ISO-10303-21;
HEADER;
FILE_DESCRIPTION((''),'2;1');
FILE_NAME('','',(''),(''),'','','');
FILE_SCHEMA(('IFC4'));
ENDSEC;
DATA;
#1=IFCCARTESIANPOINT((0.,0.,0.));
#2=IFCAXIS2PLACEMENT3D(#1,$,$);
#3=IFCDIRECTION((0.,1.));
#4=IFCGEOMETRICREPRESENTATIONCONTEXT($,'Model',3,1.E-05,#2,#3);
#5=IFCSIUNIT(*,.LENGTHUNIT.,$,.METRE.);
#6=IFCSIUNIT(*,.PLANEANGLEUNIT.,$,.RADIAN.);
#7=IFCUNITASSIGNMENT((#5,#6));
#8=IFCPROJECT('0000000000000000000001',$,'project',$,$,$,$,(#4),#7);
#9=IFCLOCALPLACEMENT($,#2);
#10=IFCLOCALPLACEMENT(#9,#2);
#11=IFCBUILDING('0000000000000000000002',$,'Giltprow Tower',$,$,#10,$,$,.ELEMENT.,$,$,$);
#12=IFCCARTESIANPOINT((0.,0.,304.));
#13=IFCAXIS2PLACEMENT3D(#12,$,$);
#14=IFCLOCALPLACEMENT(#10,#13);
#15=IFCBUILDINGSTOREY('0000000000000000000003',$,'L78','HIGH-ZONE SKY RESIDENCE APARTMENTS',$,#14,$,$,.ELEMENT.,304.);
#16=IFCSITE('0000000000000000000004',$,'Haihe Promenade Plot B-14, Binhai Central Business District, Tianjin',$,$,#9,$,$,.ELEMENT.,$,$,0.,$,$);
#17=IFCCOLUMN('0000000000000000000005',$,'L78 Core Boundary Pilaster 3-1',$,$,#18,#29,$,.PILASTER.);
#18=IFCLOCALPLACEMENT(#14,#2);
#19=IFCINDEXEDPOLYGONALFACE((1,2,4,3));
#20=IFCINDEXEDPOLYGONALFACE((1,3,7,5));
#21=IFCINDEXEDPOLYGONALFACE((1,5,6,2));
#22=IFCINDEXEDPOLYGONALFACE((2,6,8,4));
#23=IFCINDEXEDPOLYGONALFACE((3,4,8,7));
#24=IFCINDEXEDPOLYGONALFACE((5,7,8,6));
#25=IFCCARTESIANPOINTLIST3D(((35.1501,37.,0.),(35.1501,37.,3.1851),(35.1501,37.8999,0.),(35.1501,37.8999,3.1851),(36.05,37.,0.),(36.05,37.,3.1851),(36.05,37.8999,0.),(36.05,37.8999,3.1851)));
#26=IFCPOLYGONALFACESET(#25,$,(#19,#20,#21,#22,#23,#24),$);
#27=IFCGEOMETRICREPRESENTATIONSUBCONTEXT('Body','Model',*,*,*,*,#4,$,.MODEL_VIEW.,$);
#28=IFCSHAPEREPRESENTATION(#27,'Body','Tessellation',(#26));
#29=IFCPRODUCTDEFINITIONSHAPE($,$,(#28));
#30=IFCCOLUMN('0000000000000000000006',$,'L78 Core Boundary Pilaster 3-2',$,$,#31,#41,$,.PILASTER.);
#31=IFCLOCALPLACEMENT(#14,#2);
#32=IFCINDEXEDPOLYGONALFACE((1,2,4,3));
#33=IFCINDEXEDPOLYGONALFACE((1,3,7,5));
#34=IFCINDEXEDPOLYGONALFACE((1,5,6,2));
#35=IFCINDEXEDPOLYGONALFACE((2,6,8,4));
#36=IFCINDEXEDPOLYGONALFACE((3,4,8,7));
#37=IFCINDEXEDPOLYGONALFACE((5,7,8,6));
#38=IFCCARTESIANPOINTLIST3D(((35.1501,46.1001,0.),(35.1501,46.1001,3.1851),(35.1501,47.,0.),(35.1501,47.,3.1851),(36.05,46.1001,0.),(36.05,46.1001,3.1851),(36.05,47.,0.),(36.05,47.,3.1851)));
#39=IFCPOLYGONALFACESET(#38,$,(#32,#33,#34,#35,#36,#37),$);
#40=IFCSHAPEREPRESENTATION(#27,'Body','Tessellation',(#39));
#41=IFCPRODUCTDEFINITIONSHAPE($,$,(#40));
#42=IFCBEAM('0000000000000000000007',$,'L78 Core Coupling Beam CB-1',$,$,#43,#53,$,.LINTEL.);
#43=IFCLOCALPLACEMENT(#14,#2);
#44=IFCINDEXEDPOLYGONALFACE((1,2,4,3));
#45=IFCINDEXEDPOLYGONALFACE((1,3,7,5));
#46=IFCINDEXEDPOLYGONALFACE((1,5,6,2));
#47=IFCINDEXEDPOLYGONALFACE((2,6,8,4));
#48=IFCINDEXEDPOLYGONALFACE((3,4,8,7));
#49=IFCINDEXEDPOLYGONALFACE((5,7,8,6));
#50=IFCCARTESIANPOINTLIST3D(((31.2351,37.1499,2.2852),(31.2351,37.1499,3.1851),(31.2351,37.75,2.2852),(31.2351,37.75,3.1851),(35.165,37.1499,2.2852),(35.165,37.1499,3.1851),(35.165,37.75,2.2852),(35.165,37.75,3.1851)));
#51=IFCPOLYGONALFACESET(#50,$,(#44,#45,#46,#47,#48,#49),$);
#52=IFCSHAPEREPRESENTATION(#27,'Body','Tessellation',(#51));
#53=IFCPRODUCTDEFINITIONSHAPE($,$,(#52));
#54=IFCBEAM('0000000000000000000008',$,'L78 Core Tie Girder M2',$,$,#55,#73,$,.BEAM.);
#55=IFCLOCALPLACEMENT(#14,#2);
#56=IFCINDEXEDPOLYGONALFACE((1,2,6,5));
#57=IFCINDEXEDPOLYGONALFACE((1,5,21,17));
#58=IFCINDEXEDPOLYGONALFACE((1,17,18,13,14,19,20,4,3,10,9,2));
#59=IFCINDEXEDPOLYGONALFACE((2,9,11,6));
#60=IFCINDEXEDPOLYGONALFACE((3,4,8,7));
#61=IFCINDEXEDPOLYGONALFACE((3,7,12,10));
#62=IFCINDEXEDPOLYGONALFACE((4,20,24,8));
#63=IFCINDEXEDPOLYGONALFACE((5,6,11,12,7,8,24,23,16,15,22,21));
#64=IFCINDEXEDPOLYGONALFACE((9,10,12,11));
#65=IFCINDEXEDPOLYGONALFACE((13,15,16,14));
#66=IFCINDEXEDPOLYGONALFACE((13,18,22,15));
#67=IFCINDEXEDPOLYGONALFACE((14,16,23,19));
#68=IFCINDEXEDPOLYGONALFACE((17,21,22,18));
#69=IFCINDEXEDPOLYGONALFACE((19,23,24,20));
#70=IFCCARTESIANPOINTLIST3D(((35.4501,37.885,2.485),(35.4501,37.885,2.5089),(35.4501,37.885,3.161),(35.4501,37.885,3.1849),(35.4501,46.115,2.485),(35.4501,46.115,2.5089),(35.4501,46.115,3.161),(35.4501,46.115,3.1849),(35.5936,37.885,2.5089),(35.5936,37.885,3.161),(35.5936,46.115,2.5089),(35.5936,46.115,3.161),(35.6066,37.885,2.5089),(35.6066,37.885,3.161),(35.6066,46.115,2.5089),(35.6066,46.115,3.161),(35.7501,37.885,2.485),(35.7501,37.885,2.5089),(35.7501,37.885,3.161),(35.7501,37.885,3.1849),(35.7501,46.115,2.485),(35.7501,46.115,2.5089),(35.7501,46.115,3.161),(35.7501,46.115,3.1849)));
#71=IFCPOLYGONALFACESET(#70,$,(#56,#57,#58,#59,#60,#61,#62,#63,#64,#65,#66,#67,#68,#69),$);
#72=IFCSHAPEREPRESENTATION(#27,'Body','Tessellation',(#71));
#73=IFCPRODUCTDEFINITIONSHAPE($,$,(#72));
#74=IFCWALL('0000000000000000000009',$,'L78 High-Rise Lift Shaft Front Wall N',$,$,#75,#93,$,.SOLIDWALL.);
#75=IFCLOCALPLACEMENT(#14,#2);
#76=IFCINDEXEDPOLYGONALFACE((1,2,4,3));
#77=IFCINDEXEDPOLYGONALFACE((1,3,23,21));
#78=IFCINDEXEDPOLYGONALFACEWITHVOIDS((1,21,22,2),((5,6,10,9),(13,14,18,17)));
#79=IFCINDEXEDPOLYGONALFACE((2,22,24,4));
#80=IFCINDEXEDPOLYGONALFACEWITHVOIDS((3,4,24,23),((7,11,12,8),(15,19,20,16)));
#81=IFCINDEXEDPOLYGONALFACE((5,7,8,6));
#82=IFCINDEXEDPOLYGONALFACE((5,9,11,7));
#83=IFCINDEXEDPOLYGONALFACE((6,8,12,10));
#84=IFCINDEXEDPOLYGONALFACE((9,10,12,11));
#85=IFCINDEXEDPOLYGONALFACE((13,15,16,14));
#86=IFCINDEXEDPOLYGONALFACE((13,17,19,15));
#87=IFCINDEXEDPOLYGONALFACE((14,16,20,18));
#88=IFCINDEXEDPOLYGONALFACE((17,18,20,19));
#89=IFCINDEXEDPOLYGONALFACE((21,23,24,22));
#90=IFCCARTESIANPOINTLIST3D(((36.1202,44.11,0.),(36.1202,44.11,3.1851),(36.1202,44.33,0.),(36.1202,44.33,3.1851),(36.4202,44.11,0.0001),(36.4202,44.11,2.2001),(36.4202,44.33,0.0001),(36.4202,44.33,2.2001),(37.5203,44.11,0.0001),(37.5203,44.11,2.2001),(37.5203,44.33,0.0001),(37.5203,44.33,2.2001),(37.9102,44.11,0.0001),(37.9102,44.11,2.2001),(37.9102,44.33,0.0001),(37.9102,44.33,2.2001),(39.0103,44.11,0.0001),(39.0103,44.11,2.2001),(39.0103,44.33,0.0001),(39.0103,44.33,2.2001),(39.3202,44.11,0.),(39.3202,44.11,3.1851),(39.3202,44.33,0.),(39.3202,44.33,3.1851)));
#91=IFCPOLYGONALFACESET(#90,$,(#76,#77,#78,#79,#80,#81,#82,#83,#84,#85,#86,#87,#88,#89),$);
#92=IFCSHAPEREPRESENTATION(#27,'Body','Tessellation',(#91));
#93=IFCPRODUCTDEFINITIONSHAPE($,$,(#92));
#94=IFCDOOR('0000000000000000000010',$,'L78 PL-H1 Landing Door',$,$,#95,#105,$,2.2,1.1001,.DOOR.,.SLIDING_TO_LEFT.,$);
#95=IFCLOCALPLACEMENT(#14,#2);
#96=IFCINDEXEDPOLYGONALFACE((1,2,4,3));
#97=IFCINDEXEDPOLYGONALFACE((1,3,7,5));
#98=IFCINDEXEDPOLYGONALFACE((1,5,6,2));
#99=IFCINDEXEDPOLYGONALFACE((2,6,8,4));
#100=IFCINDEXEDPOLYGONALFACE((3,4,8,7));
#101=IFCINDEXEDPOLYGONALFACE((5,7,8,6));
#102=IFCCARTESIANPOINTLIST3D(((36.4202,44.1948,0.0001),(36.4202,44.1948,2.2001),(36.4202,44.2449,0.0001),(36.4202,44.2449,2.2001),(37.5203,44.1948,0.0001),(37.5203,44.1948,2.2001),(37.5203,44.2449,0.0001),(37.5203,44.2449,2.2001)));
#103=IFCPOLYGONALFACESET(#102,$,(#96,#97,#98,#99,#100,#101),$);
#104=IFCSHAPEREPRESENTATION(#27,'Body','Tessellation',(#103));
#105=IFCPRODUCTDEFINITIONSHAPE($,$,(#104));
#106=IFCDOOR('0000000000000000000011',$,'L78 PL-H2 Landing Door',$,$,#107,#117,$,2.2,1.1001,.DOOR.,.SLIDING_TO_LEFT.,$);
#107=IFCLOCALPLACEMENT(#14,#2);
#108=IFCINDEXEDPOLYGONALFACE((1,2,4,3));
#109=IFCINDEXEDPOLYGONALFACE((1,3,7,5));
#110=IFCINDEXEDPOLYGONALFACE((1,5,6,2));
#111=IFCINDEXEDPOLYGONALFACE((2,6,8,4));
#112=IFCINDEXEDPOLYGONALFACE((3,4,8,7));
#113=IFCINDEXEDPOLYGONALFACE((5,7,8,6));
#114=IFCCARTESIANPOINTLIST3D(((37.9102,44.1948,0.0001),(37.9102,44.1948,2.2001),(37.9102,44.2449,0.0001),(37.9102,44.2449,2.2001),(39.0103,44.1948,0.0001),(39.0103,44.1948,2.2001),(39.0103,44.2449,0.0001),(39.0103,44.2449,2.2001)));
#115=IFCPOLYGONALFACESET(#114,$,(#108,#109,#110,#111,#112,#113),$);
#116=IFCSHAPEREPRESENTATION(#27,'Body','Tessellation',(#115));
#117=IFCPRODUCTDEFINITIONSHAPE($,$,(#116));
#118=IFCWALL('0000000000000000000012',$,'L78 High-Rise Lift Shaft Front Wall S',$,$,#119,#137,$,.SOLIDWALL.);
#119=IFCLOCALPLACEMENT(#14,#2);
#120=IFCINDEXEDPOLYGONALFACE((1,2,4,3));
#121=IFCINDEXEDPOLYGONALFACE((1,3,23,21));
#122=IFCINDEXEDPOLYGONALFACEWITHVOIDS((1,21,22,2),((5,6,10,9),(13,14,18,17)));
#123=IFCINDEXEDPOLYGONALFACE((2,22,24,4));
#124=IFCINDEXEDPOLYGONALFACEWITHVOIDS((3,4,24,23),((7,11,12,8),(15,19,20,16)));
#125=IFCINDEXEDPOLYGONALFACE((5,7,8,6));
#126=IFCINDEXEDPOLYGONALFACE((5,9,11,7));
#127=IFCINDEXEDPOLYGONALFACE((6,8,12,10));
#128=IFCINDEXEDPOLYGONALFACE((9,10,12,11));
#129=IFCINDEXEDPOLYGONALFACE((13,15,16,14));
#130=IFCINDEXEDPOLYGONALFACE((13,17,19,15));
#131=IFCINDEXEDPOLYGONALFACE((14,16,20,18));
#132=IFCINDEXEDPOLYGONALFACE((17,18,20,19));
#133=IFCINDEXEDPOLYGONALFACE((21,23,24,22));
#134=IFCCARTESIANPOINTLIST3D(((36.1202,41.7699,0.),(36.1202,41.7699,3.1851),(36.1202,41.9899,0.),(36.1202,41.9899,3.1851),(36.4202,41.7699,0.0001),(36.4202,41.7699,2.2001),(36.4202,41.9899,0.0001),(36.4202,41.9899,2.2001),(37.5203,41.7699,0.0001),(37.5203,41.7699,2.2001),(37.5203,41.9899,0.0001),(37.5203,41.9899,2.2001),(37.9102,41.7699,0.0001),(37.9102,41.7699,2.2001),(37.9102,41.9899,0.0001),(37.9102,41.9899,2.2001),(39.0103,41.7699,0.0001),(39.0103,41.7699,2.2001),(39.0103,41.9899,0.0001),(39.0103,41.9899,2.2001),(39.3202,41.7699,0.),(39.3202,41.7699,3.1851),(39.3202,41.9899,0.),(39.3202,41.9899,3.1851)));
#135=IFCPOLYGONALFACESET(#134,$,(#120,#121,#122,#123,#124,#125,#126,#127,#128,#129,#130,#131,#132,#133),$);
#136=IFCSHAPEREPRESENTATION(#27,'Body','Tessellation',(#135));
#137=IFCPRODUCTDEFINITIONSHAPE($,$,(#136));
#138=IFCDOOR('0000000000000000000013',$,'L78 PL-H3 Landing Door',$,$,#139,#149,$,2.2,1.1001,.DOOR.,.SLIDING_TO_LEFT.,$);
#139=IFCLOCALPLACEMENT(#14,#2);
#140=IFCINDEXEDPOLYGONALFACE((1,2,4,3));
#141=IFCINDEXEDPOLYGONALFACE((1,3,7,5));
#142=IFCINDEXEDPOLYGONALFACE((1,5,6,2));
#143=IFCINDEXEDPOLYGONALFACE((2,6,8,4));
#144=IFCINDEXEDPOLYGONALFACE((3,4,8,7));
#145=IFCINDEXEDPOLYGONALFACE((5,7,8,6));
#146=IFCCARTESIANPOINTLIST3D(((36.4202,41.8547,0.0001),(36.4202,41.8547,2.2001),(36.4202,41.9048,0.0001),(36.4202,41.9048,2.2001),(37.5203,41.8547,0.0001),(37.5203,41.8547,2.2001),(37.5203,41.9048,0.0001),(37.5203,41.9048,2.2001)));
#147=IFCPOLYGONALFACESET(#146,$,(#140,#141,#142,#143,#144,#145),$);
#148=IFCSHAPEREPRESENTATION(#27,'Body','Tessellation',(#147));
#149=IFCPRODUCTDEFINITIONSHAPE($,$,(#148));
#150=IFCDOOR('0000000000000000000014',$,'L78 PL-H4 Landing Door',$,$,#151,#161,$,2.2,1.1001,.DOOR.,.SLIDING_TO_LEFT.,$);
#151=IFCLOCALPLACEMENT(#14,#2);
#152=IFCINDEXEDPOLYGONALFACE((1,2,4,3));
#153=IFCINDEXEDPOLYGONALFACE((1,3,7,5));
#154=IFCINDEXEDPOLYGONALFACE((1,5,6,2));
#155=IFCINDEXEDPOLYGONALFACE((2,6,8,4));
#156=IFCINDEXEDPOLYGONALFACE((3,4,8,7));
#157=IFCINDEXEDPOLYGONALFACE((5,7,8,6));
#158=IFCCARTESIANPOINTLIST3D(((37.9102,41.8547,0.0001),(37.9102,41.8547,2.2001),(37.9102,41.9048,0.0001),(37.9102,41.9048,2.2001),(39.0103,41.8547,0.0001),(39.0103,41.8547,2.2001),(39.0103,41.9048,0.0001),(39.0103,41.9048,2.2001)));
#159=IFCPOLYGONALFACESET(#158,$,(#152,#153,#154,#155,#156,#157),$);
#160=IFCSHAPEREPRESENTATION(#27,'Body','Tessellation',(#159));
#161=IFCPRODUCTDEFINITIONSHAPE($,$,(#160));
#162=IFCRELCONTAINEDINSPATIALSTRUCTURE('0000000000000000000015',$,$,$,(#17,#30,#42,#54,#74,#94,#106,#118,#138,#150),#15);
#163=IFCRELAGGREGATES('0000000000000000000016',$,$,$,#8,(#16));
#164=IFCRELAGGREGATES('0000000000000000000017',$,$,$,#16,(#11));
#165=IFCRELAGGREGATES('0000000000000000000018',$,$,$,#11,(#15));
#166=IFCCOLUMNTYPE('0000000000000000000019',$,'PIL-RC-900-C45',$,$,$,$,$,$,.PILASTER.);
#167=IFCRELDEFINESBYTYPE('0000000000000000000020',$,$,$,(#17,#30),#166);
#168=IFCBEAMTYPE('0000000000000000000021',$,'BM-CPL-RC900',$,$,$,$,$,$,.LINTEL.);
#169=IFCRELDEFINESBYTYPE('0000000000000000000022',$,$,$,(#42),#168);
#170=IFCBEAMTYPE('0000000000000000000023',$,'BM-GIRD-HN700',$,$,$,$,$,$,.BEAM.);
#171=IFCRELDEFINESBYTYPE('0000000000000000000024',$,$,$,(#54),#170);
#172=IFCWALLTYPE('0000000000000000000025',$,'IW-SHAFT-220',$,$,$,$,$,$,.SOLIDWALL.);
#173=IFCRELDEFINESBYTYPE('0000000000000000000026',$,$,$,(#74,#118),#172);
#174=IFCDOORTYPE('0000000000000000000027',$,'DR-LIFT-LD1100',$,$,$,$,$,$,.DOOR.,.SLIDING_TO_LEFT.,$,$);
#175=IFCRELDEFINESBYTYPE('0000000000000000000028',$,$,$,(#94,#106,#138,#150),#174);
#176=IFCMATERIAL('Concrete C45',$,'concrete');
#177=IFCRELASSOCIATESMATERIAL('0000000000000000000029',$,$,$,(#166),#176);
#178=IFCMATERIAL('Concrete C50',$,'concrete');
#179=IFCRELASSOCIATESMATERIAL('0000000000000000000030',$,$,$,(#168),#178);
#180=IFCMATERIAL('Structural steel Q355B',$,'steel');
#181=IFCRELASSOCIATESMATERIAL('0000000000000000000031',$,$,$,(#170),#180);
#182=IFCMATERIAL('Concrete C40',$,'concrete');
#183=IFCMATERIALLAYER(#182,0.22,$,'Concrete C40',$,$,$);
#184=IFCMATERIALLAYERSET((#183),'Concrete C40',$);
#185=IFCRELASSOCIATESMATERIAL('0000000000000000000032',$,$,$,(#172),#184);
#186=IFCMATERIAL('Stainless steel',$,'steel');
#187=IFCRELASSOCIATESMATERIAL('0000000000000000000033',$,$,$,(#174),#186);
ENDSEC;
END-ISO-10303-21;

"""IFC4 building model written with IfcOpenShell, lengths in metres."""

from ifc_helpers import new_model, si_unit, direction, frame, frame_2d, origin, origin_2d, place, context, subcontext, project, spatial, rectangle, i_section, extrude, source, transform, mapped, material, layer, layer_set, material_profile, profile_set, type_object, element, fill, save


model = new_model("IFC4")

# Units and contexts
model_context = context("Model", 3, precision=1e-05, world=origin(), true_north=direction((0.0, 1.0)))
body_context = subcontext(model_context, "Body", "Model", "MODEL_VIEW")
ifc_project = project(units=[si_unit("LENGTHUNIT", "METRE"), si_unit("PLANEANGLEUNIT", "RADIAN")], contexts=[model_context])

# Site, building, storey
site_placement = place(None, origin())
site = spatial("IfcSite", under=ifc_project, at=site_placement, Name="Haihe Promenade Plot B-14, Binhai Central Business District, Tianjin", CompositionType="ELEMENT", RefElevation=0.0)
building_placement = place(site_placement, origin())
building = spatial("IfcBuilding", under=site, at=building_placement, Name="Giltprow Tower", CompositionType="ELEMENT")
storey_placement = place(building_placement, frame((0.0, 0.0, 304.0)))
storey = spatial("IfcBuildingStorey", under=building, at=storey_placement, Name="L78", Description="HIGH-ZONE SKY RESIDENCE APARTMENTS", CompositionType="ELEMENT", Elevation=304.0)

# Columns
ifc_material_1 = material(Name="Concrete C45", Category="concrete")
ifc_material_profile_1 = material_profile(ifc_material_1, rectangle(XDim=0.8999, YDim=0.8999, at=origin_2d()), Name="RC 900x900")
ifc_profile_set_1 = profile_set([ifc_material_profile_1], Name="Concrete C45")
column_type = type_object("IfcColumnType", Name="PIL-RC-900-C45", PredefinedType="PILASTER", material=ifc_profile_set_1)
shared_shape_1 = source(origin(), body_context, "Body", "SweptSolid", [
    extrude(rectangle(XDim=0.8999, YDim=0.8999, at=origin_2d()), origin(), (0.0, 0.0, 1.0), 3.1851),
])
for number, where, z_axis, x_axis, name in (
    (1, (35.6001, 37.45, 0.0), (0.0, 0.0, 1.0), (1.0, 0.0, 0.0), "L78 Core Boundary Pilaster 3-1"),
    (2, (35.6001, 46.55, 0.0), (0.0, 0.0, 1.0), (1.0, 0.0, 0.0), "L78 Core Boundary Pilaster 3-2"),
):
    element("IfcColumn", number, at=place(storey_placement, frame(where, z_axis=z_axis, x_axis=x_axis)), inside=storey, type_object=column_type, Name=name, PredefinedType="PILASTER", context=body_context, shape_type="MappedRepresentation", body=[
        mapped(shared_shape_1, transform((0.0, 0.0, 0.0), x_axis=(1.0, 0.0, 0.0), y_axis=(0.0, 1.0, 0.0), z_axis=(0.0, 0.0, 1.0), scale=1.0)),
    ])

# Beams
ifc_material_2 = material(Name="Concrete C50", Category="concrete")
ifc_material_profile_2 = material_profile(ifc_material_2, rectangle(XDim=0.6001, YDim=0.8999, at=origin_2d()), Name="RC 900x600")
ifc_profile_set_2 = profile_set([ifc_material_profile_2], Name="Concrete C50")
beam_type_1 = type_object("IfcBeamType", Name="BM-CPL-RC900", PredefinedType="LINTEL", material=ifc_profile_set_2)
shared_shape_2 = source(origin(), body_context, "Body", "SweptSolid", [
    extrude(rectangle(XDim=0.6001, YDim=0.8999, at=origin_2d()), origin(), (0.0, 0.0, 1.0), 3.9299),
])
beam_1_placement = place(storey_placement, frame((31.2351, 37.45, 2.7351), z_axis=(1.0, 0.0, 0.0), x_axis=(0.0, 1.0, 0.0)))
element("IfcBeam", 3, at=beam_1_placement, inside=storey, type_object=beam_type_1, Name="L78 Core Coupling Beam CB-1", PredefinedType="LINTEL", context=body_context, shape_type="MappedRepresentation", body=[
    mapped(shared_shape_2, transform((0.0, 0.0, 0.0), x_axis=(1.0, 0.0, 0.0), y_axis=(0.0, 1.0, 0.0), z_axis=(0.0, 0.0, 1.0), scale=1.0)),
])
ifc_material_3 = material(Name="Structural steel Q355B", Category="steel")
ifc_material_profile_3 = material_profile(ifc_material_3, i_section(OverallWidth=0.3, OverallDepth=0.7, WebThickness=0.0129, FlangeThickness=0.0239, at=origin_2d()), Name="HN 700x300x13x24")
ifc_profile_set_3 = profile_set([ifc_material_profile_3], Name="Structural steel Q355B")
beam_type_2 = type_object("IfcBeamType", Name="BM-GIRD-HN700", PredefinedType="BEAM", material=ifc_profile_set_3)
shared_shape_3 = source(origin(), body_context, "Body", "SweptSolid", [
    extrude(i_section(OverallWidth=0.3, OverallDepth=0.7, WebThickness=0.0129, FlangeThickness=0.0239, at=origin_2d()), origin(), (0.0, 0.0, 1.0), 8.23),
])
beam_2_placement = place(storey_placement, frame((35.6001, 37.885, 2.835), z_axis=(0.0, 1.0, 0.0), x_axis=(-1.0, 0.0, 0.0)))
element("IfcBeam", 4, at=beam_2_placement, inside=storey, type_object=beam_type_2, Name="L78 Core Tie Girder M2", PredefinedType="BEAM", context=body_context, shape_type="MappedRepresentation", body=[
    mapped(shared_shape_3, transform((0.0, 0.0, 0.0), x_axis=(1.0, 0.0, 0.0), y_axis=(0.0, 1.0, 0.0), z_axis=(0.0, 0.0, 1.0), scale=1.0)),
])

# Walls, openings, doors
ifc_material_4 = material(Name="Concrete C40", Category="concrete")
ifc_layer_1 = layer(ifc_material_4, 0.22, Name="Concrete C40")
ifc_layer_set_1 = layer_set([ifc_layer_1], Name="Concrete C40")
wall_type_1 = type_object("IfcWallType", Name="IW-SHAFT-220", PredefinedType="SOLIDWALL", material=ifc_layer_set_1)
wall_1_placement = place(storey_placement, frame((36.1201, 44.22, 0.0), z_axis=(0.0, 0.0, 1.0), x_axis=(1.0, 0.0, 0.0)))
wall_1 = element("IfcWall", 5, at=wall_1_placement, inside=storey, type_object=wall_type_1, Name="L78 High-Rise Lift Shaft Front Wall N", PredefinedType="SOLIDWALL", context=body_context, shape_type="SweptSolid", body=[
    extrude(rectangle(XDim=3.2, YDim=0.22, at=frame_2d((1.6001, 0.0))), origin(), (0.0, 0.0, 1.0), 3.1851),
])
opening_1_placement = place(wall_1_placement, frame((0.3, 0.0, 0.0)))
opening_1 = element("IfcOpeningElement", 6, at=opening_1_placement, cuts=wall_1, PredefinedType="OPENING", context=body_context, shape_type="SweptSolid", body=[
    extrude(rectangle(XDim=1.1001, YDim=2.2, at=frame_2d((0.55, 1.1001))), frame((0.0, 0.1199, 0.0), z_axis=(0.0, -1.0, 0.0), x_axis=(1.0, 0.0, 0.0)), (0.0, 0.0, 1.0), 0.24),
])
opening_2_placement = place(wall_1_placement, frame((1.79, 0.0, 0.0)))
opening_2 = element("IfcOpeningElement", 7, at=opening_2_placement, cuts=wall_1, PredefinedType="OPENING", context=body_context, shape_type="SweptSolid", body=[
    extrude(rectangle(XDim=1.1001, YDim=2.2, at=frame_2d((0.55, 1.1001))), frame((0.0, 0.1199, 0.0), z_axis=(0.0, -1.0, 0.0), x_axis=(1.0, 0.0, 0.0)), (0.0, 0.0, 1.0), 0.24),
])
ifc_material_5 = material(Name="Stainless steel", Category="steel")
door_type_1 = type_object("IfcDoorType", Name="DR-LIFT-LD1100", OperationType="SLIDING_TO_LEFT", PredefinedType="DOOR", material=ifc_material_5)
shared_shape_4 = source(origin(), body_context, "Body", "SweptSolid", [
    extrude(rectangle(XDim=1.1001, YDim=2.2, at=frame_2d((0.55, 1.1001))), frame((0.0, 0.0249, 0.0), z_axis=(0.0, -1.0, 0.0), x_axis=(1.0, 0.0, 0.0)), (0.0, 0.0, 1.0), 0.05),
])
door_1_placement = place(opening_1_placement, origin())
door_1 = element("IfcDoor", 8, at=door_1_placement, inside=storey, type_object=door_type_1, Name="L78 PL-H1 Landing Door", OperationType="SLIDING_TO_LEFT", OverallHeight=2.2, OverallWidth=1.1001, PredefinedType="DOOR", context=body_context, shape_type="MappedRepresentation", body=[
    mapped(shared_shape_4, transform((0.0, 0.0, 0.0), x_axis=(1.0, 0.0, 0.0), y_axis=(0.0, 1.0, 0.0), z_axis=(0.0, 0.0, 1.0), scale=1.0)),
])
fill(opening_1, door_1)
door_2_placement = place(opening_2_placement, origin())
door_2 = element("IfcDoor", 9, at=door_2_placement, inside=storey, type_object=door_type_1, Name="L78 PL-H2 Landing Door", OperationType="SLIDING_TO_LEFT", OverallHeight=2.2, OverallWidth=1.1001, PredefinedType="DOOR", context=body_context, shape_type="MappedRepresentation", body=[
    mapped(shared_shape_4, transform((0.0, 0.0, 0.0), x_axis=(1.0, 0.0, 0.0), y_axis=(0.0, 1.0, 0.0), z_axis=(0.0, 0.0, 1.0), scale=1.0)),
])
fill(opening_2, door_2)
wall_2_placement = place(storey_placement, frame((36.1201, 41.8799, 0.0), z_axis=(0.0, 0.0, 1.0), x_axis=(1.0, 0.0, 0.0)))
wall_2 = element("IfcWall", 10, at=wall_2_placement, inside=storey, type_object=wall_type_1, Name="L78 High-Rise Lift Shaft Front Wall S", PredefinedType="SOLIDWALL", context=body_context, shape_type="SweptSolid", body=[
    extrude(rectangle(XDim=3.2, YDim=0.22, at=frame_2d((1.6001, 0.0))), origin(), (0.0, 0.0, 1.0), 3.1851),
])
opening_3_placement = place(wall_2_placement, frame((0.3, 0.0, 0.0)))
opening_3 = element("IfcOpeningElement", 11, at=opening_3_placement, cuts=wall_2, PredefinedType="OPENING", context=body_context, shape_type="SweptSolid", body=[
    extrude(rectangle(XDim=1.1001, YDim=2.2, at=frame_2d((0.55, 1.1001))), frame((0.0, 0.1199, 0.0), z_axis=(0.0, -1.0, 0.0), x_axis=(1.0, 0.0, 0.0)), (0.0, 0.0, 1.0), 0.24),
])
opening_4_placement = place(wall_2_placement, frame((1.79, 0.0, 0.0)))
opening_4 = element("IfcOpeningElement", 12, at=opening_4_placement, cuts=wall_2, PredefinedType="OPENING", context=body_context, shape_type="SweptSolid", body=[
    extrude(rectangle(XDim=1.1001, YDim=2.2, at=frame_2d((0.55, 1.1001))), frame((0.0, 0.1199, 0.0), z_axis=(0.0, -1.0, 0.0), x_axis=(1.0, 0.0, 0.0)), (0.0, 0.0, 1.0), 0.24),
])
door_3_placement = place(opening_3_placement, origin())
door_3 = element("IfcDoor", 13, at=door_3_placement, inside=storey, type_object=door_type_1, Name="L78 PL-H3 Landing Door", OperationType="SLIDING_TO_LEFT", OverallHeight=2.2, OverallWidth=1.1001, PredefinedType="DOOR", context=body_context, shape_type="MappedRepresentation", body=[
    mapped(shared_shape_4, transform((0.0, 0.0, 0.0), x_axis=(1.0, 0.0, 0.0), y_axis=(0.0, 1.0, 0.0), z_axis=(0.0, 0.0, 1.0), scale=1.0)),
])
fill(opening_3, door_3)
door_4_placement = place(opening_4_placement, origin())
door_4 = element("IfcDoor", 14, at=door_4_placement, inside=storey, type_object=door_type_1, Name="L78 PL-H4 Landing Door", OperationType="SLIDING_TO_LEFT", OverallHeight=2.2, OverallWidth=1.1001, PredefinedType="DOOR", context=body_context, shape_type="MappedRepresentation", body=[
    mapped(shared_shape_4, transform((0.0, 0.0, 0.0), x_axis=(1.0, 0.0, 0.0), y_axis=(0.0, 1.0, 0.0), z_axis=(0.0, 0.0, 1.0), scale=1.0)),
])
fill(opening_4, door_4)

save(model, "model.ifc")
